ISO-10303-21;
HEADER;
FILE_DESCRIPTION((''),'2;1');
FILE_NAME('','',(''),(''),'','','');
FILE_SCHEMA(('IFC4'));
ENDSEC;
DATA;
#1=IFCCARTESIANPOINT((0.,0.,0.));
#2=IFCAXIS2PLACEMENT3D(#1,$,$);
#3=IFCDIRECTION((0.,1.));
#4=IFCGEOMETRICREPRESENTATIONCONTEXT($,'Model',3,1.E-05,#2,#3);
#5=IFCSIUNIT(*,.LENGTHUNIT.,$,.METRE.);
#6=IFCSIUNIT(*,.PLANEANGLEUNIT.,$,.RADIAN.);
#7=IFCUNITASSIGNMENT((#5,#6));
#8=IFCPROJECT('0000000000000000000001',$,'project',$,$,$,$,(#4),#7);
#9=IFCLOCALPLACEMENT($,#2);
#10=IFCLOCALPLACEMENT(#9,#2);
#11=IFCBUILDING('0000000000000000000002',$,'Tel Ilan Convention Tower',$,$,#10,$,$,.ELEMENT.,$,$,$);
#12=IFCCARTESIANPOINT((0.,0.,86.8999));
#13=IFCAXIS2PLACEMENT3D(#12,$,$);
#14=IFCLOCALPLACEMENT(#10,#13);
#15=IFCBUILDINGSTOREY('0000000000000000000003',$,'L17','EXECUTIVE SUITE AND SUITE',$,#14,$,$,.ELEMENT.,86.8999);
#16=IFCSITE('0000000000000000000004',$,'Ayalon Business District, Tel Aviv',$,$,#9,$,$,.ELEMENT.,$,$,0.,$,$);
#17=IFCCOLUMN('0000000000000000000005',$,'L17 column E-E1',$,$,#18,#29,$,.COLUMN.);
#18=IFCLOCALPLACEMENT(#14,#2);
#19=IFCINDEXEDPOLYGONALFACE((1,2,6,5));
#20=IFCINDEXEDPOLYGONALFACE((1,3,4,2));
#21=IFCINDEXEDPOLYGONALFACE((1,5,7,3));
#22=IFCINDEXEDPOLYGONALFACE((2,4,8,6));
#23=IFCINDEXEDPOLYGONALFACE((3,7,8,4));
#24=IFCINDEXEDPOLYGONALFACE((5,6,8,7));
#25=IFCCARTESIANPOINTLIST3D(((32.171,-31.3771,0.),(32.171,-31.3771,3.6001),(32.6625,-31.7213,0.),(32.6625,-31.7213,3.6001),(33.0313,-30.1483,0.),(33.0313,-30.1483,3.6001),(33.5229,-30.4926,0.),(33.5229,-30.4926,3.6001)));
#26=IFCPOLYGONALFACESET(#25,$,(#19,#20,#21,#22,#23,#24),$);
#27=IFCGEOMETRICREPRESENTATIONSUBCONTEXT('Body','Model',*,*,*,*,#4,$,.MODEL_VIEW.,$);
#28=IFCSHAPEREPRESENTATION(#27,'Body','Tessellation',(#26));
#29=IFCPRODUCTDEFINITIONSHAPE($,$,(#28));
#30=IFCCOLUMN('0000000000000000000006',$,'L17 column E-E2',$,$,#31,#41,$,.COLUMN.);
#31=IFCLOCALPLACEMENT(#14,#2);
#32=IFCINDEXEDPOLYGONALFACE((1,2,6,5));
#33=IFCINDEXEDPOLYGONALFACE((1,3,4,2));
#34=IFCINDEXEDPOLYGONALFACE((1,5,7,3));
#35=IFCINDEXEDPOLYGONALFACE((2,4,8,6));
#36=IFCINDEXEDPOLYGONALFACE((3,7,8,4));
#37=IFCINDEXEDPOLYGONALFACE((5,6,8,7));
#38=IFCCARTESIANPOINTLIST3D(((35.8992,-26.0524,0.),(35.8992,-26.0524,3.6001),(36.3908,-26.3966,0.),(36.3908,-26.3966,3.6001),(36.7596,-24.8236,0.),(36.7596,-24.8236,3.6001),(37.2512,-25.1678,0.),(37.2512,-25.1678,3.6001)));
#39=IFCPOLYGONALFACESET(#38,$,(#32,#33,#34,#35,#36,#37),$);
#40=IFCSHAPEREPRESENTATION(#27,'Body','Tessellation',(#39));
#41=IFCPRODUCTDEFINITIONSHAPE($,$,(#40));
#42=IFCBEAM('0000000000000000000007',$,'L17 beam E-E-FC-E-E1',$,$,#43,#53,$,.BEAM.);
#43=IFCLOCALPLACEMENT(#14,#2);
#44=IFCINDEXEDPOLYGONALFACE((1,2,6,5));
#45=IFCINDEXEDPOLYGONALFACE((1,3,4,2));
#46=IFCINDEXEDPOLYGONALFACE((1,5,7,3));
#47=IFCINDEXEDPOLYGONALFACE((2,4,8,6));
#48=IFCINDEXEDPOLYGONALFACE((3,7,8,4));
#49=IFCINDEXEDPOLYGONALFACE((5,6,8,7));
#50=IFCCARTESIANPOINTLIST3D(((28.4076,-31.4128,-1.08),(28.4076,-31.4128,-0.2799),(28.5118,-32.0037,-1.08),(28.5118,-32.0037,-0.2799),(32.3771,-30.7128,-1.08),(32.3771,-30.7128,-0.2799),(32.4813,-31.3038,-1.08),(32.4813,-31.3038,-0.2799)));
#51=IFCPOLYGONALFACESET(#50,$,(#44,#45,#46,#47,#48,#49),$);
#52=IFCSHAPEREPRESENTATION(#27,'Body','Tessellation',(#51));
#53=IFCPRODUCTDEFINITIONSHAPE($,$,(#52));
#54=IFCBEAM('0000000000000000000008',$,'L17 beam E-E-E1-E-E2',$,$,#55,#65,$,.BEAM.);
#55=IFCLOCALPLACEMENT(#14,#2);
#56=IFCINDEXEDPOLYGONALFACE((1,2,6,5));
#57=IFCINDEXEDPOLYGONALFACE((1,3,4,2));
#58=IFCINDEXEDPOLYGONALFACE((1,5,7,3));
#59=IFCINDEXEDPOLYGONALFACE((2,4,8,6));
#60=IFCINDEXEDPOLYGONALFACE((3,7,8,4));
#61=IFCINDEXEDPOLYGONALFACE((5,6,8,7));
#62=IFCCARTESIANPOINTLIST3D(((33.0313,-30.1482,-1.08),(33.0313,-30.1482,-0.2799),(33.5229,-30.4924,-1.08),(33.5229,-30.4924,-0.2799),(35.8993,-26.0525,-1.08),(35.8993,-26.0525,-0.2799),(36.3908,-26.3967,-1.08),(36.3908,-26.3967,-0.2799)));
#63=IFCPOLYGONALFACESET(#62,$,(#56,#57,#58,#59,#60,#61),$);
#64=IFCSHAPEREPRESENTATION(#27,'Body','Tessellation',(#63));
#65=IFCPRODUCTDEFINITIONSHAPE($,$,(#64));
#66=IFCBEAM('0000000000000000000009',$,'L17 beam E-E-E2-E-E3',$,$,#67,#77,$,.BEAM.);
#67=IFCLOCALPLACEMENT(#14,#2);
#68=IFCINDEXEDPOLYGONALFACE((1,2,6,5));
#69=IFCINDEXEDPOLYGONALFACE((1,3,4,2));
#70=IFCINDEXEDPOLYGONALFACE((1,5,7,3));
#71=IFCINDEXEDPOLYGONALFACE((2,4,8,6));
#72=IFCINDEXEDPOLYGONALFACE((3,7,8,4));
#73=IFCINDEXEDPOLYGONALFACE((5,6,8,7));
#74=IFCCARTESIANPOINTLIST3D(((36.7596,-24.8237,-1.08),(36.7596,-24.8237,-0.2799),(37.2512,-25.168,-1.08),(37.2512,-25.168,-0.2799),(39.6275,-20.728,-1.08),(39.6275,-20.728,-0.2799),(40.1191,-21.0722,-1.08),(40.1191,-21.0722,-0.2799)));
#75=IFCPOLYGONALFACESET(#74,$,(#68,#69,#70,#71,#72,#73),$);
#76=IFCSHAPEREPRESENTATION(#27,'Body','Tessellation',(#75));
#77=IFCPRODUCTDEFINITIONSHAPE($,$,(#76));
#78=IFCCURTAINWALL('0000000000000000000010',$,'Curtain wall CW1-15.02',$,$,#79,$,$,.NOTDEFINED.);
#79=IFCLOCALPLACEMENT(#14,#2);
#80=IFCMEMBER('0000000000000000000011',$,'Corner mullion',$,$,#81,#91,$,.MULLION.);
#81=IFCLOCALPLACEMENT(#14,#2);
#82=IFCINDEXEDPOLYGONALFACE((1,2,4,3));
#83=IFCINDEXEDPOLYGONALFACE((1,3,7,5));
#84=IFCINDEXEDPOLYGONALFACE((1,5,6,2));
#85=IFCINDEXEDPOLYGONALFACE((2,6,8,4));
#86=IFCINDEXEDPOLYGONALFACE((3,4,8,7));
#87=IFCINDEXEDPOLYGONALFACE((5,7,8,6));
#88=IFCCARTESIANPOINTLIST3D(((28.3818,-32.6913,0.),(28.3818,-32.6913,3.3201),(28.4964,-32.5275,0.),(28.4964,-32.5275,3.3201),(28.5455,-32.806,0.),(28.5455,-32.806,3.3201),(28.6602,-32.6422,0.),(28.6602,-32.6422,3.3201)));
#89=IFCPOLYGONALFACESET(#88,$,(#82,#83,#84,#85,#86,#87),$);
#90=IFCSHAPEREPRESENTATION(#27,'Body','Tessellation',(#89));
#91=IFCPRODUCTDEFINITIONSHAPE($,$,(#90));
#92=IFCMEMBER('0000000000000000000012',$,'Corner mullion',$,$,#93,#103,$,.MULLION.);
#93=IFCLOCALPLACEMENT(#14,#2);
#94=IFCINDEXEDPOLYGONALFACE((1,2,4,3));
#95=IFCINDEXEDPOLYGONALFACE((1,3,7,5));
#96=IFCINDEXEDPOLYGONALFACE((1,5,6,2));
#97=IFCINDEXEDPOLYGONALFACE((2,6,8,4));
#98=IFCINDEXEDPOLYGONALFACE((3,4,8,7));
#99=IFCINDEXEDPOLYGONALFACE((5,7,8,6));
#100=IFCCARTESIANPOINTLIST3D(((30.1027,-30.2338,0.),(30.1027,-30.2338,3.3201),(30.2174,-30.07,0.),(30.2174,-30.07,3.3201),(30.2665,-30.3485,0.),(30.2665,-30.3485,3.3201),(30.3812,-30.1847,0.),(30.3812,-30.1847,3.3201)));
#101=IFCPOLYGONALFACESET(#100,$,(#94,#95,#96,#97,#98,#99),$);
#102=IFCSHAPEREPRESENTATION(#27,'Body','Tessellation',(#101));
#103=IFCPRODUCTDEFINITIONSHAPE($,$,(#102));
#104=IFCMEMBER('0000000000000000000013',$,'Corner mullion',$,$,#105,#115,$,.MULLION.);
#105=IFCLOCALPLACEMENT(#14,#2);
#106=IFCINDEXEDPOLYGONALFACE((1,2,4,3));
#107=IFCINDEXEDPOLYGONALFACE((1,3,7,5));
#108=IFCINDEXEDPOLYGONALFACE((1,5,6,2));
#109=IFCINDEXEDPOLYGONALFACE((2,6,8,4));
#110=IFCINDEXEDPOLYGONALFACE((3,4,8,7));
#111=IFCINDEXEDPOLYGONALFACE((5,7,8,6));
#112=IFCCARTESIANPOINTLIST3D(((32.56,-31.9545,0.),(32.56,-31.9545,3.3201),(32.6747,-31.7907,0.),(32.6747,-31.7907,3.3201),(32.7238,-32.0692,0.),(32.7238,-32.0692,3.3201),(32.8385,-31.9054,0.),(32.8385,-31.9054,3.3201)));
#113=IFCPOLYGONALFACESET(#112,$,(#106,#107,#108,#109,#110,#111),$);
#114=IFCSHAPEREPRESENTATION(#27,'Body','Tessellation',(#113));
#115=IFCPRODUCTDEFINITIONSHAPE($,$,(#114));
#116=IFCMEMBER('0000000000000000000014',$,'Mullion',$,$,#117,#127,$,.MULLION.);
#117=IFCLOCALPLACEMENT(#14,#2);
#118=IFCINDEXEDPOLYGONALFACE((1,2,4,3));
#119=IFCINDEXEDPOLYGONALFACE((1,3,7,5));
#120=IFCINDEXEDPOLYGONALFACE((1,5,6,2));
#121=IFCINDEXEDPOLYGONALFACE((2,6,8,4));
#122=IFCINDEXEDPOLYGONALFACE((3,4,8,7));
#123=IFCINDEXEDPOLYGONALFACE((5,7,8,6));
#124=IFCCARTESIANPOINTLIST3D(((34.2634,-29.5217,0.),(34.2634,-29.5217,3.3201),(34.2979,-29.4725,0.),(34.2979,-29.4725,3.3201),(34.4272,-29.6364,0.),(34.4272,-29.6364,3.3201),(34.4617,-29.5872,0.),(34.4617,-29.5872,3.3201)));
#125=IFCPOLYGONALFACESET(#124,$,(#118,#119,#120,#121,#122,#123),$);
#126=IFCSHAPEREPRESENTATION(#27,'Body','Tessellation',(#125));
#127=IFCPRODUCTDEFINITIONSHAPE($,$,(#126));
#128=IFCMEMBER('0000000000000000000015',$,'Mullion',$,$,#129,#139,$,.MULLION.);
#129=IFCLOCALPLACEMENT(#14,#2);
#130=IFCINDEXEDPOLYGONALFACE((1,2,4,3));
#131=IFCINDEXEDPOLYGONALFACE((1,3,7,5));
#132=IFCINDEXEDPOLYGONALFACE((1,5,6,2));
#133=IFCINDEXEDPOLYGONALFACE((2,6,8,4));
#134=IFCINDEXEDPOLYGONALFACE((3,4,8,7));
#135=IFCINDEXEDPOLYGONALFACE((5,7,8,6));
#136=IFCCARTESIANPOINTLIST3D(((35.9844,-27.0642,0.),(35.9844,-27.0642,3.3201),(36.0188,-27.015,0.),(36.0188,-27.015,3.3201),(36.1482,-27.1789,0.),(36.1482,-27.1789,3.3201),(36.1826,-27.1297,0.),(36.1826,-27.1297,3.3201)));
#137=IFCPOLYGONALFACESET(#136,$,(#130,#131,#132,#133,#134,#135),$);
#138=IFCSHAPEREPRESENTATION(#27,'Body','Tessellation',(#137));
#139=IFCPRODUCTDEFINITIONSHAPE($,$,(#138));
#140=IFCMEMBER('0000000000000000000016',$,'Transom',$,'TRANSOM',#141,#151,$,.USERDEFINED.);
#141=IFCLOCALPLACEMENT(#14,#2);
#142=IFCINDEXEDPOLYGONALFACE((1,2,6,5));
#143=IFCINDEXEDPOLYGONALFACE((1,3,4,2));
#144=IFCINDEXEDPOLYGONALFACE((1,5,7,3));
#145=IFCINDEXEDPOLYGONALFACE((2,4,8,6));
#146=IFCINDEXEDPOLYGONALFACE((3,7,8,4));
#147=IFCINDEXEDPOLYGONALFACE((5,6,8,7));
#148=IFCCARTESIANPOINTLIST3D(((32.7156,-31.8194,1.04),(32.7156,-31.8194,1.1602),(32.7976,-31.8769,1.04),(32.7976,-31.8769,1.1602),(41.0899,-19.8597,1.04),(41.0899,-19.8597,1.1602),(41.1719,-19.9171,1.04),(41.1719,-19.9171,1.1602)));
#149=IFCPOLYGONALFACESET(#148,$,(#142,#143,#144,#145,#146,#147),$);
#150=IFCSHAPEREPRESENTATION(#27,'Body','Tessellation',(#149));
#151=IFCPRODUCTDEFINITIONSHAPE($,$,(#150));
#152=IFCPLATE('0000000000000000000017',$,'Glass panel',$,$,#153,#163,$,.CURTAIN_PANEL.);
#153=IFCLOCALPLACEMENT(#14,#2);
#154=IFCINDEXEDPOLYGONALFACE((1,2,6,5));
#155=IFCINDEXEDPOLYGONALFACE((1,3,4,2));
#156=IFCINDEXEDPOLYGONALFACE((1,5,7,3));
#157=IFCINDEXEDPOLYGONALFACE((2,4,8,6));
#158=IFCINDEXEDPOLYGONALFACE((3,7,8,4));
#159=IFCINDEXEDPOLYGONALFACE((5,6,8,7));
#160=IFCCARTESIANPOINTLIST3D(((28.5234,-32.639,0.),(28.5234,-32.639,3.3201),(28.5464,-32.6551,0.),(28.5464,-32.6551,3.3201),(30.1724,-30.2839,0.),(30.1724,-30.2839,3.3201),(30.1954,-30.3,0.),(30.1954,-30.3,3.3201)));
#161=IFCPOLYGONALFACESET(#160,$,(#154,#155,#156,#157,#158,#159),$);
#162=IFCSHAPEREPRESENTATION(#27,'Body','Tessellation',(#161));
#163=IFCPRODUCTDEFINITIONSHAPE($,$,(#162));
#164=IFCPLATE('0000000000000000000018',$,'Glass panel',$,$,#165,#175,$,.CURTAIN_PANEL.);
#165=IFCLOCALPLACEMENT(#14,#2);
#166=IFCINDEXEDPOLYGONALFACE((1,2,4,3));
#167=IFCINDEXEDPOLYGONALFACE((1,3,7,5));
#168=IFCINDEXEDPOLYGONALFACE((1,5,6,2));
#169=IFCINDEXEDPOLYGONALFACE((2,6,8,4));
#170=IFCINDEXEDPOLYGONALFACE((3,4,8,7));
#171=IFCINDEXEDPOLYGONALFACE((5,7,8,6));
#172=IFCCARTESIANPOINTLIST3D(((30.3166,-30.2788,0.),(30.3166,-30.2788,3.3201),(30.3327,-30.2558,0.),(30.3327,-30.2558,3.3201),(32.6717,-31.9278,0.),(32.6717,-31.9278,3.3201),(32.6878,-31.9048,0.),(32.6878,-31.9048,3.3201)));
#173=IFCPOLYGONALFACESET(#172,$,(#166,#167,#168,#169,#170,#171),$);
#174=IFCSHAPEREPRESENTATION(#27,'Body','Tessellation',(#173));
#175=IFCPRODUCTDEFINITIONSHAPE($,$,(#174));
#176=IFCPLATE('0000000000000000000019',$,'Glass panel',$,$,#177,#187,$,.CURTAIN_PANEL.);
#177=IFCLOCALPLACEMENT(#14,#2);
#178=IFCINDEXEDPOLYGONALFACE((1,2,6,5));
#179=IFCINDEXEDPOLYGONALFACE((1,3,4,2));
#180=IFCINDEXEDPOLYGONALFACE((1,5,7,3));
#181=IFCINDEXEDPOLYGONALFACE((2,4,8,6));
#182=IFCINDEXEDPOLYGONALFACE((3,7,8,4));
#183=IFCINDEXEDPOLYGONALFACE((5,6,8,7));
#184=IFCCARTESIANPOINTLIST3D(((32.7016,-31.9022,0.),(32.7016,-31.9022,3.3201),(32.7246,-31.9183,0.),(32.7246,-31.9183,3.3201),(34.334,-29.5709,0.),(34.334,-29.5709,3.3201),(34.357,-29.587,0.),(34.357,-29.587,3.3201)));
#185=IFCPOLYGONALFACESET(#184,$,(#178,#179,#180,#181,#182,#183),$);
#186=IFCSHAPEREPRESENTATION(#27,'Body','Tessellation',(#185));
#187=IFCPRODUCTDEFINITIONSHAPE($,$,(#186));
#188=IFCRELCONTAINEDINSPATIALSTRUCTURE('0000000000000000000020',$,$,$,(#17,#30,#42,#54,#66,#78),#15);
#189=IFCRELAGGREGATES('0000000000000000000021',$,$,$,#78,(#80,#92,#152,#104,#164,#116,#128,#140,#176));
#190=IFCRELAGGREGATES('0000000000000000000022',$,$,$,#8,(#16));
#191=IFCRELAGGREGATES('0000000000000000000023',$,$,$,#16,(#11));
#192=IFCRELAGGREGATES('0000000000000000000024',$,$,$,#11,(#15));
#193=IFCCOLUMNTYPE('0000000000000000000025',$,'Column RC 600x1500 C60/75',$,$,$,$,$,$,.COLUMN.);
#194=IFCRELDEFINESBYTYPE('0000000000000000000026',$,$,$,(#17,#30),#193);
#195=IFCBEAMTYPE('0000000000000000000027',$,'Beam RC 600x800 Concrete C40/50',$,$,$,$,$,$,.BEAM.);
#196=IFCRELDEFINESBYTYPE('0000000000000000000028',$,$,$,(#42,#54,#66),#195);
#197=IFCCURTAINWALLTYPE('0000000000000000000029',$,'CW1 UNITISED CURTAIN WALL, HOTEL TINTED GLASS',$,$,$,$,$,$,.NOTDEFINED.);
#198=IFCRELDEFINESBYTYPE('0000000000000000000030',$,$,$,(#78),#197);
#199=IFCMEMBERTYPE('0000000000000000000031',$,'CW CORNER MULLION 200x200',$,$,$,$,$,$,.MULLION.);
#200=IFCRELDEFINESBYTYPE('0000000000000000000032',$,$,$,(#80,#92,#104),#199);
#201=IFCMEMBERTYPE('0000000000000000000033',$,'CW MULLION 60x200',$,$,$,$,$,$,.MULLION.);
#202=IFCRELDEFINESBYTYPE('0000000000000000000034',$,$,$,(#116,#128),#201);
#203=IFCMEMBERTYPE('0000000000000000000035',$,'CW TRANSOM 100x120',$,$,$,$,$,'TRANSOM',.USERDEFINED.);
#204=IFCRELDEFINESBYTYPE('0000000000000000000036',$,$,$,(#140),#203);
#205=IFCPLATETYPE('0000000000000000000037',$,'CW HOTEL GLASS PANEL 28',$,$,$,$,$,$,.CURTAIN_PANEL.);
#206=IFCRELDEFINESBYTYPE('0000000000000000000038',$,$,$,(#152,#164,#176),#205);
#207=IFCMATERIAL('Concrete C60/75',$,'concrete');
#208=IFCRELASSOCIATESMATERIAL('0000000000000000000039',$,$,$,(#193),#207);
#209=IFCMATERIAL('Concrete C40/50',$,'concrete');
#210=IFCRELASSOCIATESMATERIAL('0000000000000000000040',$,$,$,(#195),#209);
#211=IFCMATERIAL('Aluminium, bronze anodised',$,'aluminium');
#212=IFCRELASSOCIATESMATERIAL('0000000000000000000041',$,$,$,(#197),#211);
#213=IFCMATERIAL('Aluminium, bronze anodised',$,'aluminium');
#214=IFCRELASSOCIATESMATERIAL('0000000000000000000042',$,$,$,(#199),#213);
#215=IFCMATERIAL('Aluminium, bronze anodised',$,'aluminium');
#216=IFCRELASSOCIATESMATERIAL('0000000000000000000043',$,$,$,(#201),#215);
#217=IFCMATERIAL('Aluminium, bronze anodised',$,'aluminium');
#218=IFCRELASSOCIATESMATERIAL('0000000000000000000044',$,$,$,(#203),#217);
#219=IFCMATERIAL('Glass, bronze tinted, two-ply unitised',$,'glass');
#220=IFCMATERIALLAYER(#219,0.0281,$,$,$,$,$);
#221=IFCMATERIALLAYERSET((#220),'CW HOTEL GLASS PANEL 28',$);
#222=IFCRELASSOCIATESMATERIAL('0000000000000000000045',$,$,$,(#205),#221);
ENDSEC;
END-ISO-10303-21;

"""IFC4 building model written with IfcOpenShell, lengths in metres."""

from ifc_helpers import new_model, si_unit, direction, frame, origin, origin_2d, place, context, subcontext, project, spatial, rectangle, extrude, material, layer, layer_set, material_profile, profile_set, type_object, element, aggregate, save


model = new_model("IFC4")

# Units and contexts
model_context = context("Model", 3, precision=1e-05, world=origin(), true_north=direction((0.0, 1.0)))
body_context = subcontext(model_context, "Body", "Model", "MODEL_VIEW")
ifc_project = project(units=[si_unit("LENGTHUNIT", "METRE"), si_unit("PLANEANGLEUNIT", "RADIAN")], contexts=[model_context])

# Site, building, storey
site_placement = place(None, origin())
site = spatial("IfcSite", under=ifc_project, at=site_placement, Name="Ayalon Business District, Tel Aviv", CompositionType="ELEMENT", RefElevation=0.0)
building_placement = place(site_placement, origin())
building = spatial("IfcBuilding", under=site, at=building_placement, Name="Tel Ilan Convention Tower", CompositionType="ELEMENT")
storey_placement = place(building_placement, frame((0.0, 0.0, 86.8999)))
storey = spatial("IfcBuildingStorey", under=building, at=storey_placement, Name="L17", Description="EXECUTIVE SUITE AND SUITE", CompositionType="ELEMENT", Elevation=86.8999)

# Columns
ifc_material_1 = material(Name="Concrete C60/75", Category="concrete")
ifc_material_profile_1 = material_profile(ifc_material_1, rectangle(XDim=1.5, YDim=0.6001, at=origin_2d()), Name="RC 600x1500")
ifc_profile_set_1 = profile_set([ifc_material_profile_1], Name="Concrete C60/75")
column_type = type_object("IfcColumnType", Name="Column RC 600x1500 C60/75", PredefinedType="COLUMN", material=ifc_profile_set_1)
for number, where, z_axis, x_axis, name in (
    (1, (32.8469, -30.9348, 0.0), (0.0, 0.0, 1.0), (0.573576, 0.819152, 0.0), "L17 column E-E1"),
    (2, (36.5752, -25.6101, 0.0), (0.0, 0.0, 1.0), (0.573576, 0.819152, 0.0), "L17 column E-E2"),
):
    element("IfcColumn", number, at=place(storey_placement, frame(where, z_axis=z_axis, x_axis=x_axis)), inside=storey, type_object=column_type, Name=name, PredefinedType="COLUMN", context=body_context, shape_type="SweptSolid", body=[
        extrude(rectangle(XDim=1.5, YDim=0.6001, at=origin_2d()), origin(), (0.0, 0.0, 1.0), 3.6001),
    ])

# Beams
ifc_material_2 = material(Name="Concrete C40/50", Category="concrete")
ifc_material_profile_2 = material_profile(ifc_material_2, rectangle(XDim=0.6001, YDim=0.8, at=origin_2d()), Name="RC 600x800")
ifc_profile_set_2 = profile_set([ifc_material_profile_2], Name="Concrete C40/50")
beam_type = type_object("IfcBeamType", Name="Beam RC 600x800 Concrete C40/50", PredefinedType="BEAM", material=ifc_profile_set_2)
beam_placement = place(storey_placement, frame((28.4597, -31.7083, -0.6799), z_axis=(0.984807, 0.173654, 0.0), x_axis=(-0.173654, 0.984807, 0.0)))
element("IfcBeam", 3, at=beam_placement, inside=storey, type_object=beam_type, Name="L17 beam E-E-FC-E-E1", PredefinedType="BEAM", context=body_context, shape_type="SweptSolid", body=[
    extrude(rectangle(XDim=0.6001, YDim=0.8, at=origin_2d()), origin(), (0.0, 0.0, 1.0), 4.0308),
])
for number, where, z_axis, x_axis, name in (
    (4, (33.2771, -30.3203, -0.6799), (0.573587, 0.819145, 0.0), (-0.819145, 0.573587, 0.0), "L17 beam E-E-E1-E-E2"),
    (5, (37.0054, -24.9958, -0.6799), (0.573587, 0.819145, 0.0), (-0.819145, 0.573587, 0.0), "L17 beam E-E-E2-E-E3"),
):
    element("IfcBeam", number, at=place(storey_placement, frame(where, z_axis=z_axis, x_axis=x_axis)), inside=storey, type_object=beam_type, Name=name, PredefinedType="BEAM", context=body_context, shape_type="SweptSolid", body=[
        extrude(rectangle(XDim=0.6001, YDim=0.8, at=origin_2d()), origin(), (0.0, 0.0, 1.0), 5.0),
    ])

# Curtain wall, members, plates
ifc_material_3 = material(Name="Aluminium, bronze anodised", Category="aluminium")
curtain_wall_type = type_object("IfcCurtainWallType", Name="CW1 UNITISED CURTAIN WALL, HOTEL TINTED GLASS", PredefinedType="NOTDEFINED", material=ifc_material_3)
curtain_wall_placement = place(storey_placement, origin())
curtain_wall = element("IfcCurtainWall", 6, at=curtain_wall_placement, inside=storey, type_object=curtain_wall_type, Name="Curtain wall CW1-15.02", PredefinedType="NOTDEFINED")
ifc_material_4 = material(Name="Aluminium, bronze anodised", Category="aluminium")
ifc_material_profile_3 = material_profile(ifc_material_4, rectangle(XDim=0.2, YDim=0.2, at=origin_2d()), Name="CW CORNER MULLION 200x200")
ifc_profile_set_3 = profile_set([ifc_material_profile_3], Name="Aluminium, bronze anodised")
member_type_1 = type_object("IfcMemberType", Name="CW CORNER MULLION 200x200", PredefinedType="MULLION", material=ifc_profile_set_3)
member_1_placement = place(storey_placement, frame((28.521, -32.6667, 0.0), z_axis=(0.0, 0.0, 1.0), x_axis=(0.819152, -0.573576, 0.0)))
member_1 = element("IfcMember", 7, at=member_1_placement, type_object=member_type_1, Name="Corner mullion", PredefinedType="MULLION", context=body_context, shape_type="SweptSolid", body=[
    extrude(rectangle(XDim=0.2, YDim=0.2, at=origin_2d()), origin(), (0.0, 0.0, 1.0), 3.3201),
])
member_2_placement = place(storey_placement, frame((30.2419, -30.2092, 0.0), z_axis=(0.0, 0.0, 1.0), x_axis=(0.573576, 0.819152, 0.0)))
member_2 = element("IfcMember", 8, at=member_2_placement, type_object=member_type_1, Name="Corner mullion", PredefinedType="MULLION", context=body_context, shape_type="SweptSolid", body=[
    extrude(rectangle(XDim=0.2, YDim=0.2, at=origin_2d()), origin(), (0.0, 0.0, 1.0), 3.3201),
])
member_3_placement = place(storey_placement, frame((32.6992, -31.9299, 0.0), z_axis=(0.0, 0.0, 1.0), x_axis=(0.819152, -0.573576, 0.0)))
member_3 = element("IfcMember", 9, at=member_3_placement, type_object=member_type_1, Name="Corner mullion", PredefinedType="MULLION", context=body_context, shape_type="SweptSolid", body=[
    extrude(rectangle(XDim=0.2, YDim=0.2, at=origin_2d()), origin(), (0.0, 0.0, 1.0), 3.3201),
])
ifc_material_5 = material(Name="Aluminium, bronze anodised", Category="aluminium")
ifc_material_profile_4 = material_profile(ifc_material_5, rectangle(XDim=0.0601, YDim=0.2, at=origin_2d()), Name="CW MULLION 60x200")
ifc_profile_set_4 = profile_set([ifc_material_profile_4], Name="Aluminium, bronze anodised")
member_type_2 = type_object("IfcMemberType", Name="CW MULLION 60x200", PredefinedType="MULLION", material=ifc_profile_set_4)
member_4_placement = place(storey_placement, frame((34.3625, -29.5544, 0.0), z_axis=(0.0, 0.0, 1.0), x_axis=(0.573576, 0.819152, 0.0)))
member_4 = element("IfcMember", 10, at=member_4_placement, type_object=member_type_2, Name="Mullion", PredefinedType="MULLION", context=body_context, shape_type="SweptSolid", body=[
    extrude(rectangle(XDim=0.0601, YDim=0.2, at=origin_2d()), origin(), (0.0, 0.0, 1.0), 3.3201),
])
member_5_placement = place(storey_placement, frame((36.0835, -27.0969, 0.0), z_axis=(0.0, 0.0, 1.0), x_axis=(0.573576, 0.819152, 0.0)))
member_5 = element("IfcMember", 11, at=member_5_placement, type_object=member_type_2, Name="Mullion", PredefinedType="MULLION", context=body_context, shape_type="SweptSolid", body=[
    extrude(rectangle(XDim=0.0601, YDim=0.2, at=origin_2d()), origin(), (0.0, 0.0, 1.0), 3.3201),
])
ifc_material_6 = material(Name="Aluminium, bronze anodised", Category="aluminium")
ifc_material_profile_5 = material_profile(ifc_material_6, rectangle(XDim=0.1001, YDim=0.1201, at=origin_2d()), Name="CW TRANSOM 100x120")
ifc_profile_set_5 = profile_set([ifc_material_profile_5], Name="Aluminium, bronze anodised")
member_type_3 = type_object("IfcMemberType", Name="CW TRANSOM 100x120", ElementType="TRANSOM", PredefinedType="USERDEFINED", material=ifc_profile_set_5)
member_6_placement = place(storey_placement, frame((32.7566, -31.8481, 1.1001), z_axis=(0.573576, 0.819153, 0.0), x_axis=(-0.819153, 0.573576, 0.0)))
member_6 = element("IfcMember", 12, at=member_6_placement, type_object=member_type_3, Name="Transom", ObjectType="TRANSOM", PredefinedType="USERDEFINED", context=body_context, shape_type="SweptSolid", body=[
    extrude(rectangle(XDim=0.1001, YDim=0.1201, at=origin_2d()), origin(), (0.0, 0.0, 1.0), 14.6001),
])
ifc_material_7 = material(Name="Glass, bronze tinted, two-ply unitised", Category="glass")
ifc_layer_1 = layer(ifc_material_7, 0.0281)
ifc_layer_set_1 = layer_set([ifc_layer_1], Name="CW HOTEL GLASS PANEL 28")
plate_type = type_object("IfcPlateType", Name="CW HOTEL GLASS PANEL 28", PredefinedType="CURTAIN_PANEL", material=ifc_layer_set_1)
plate_1_placement = place(storey_placement, frame((29.3594, -31.4695, 0.0), z_axis=(0.0, 0.0, 1.0), x_axis=(0.573576, 0.819152, 0.0)))
plate_1 = element("IfcPlate", 13, at=plate_1_placement, type_object=plate_type, Name="Glass panel", PredefinedType="CURTAIN_PANEL", context=body_context, shape_type="SweptSolid", body=[
    extrude(rectangle(XDim=2.875, YDim=0.0281, at=origin_2d()), origin(), (0.0, 0.0, 1.0), 3.3201),
])
plate_2_placement = place(storey_placement, frame((31.5022, -31.0918, 0.0), z_axis=(0.0, 0.0, 1.0), x_axis=(0.819152, -0.573576, 0.0)))
plate_2 = element("IfcPlate", 14, at=plate_2_placement, type_object=plate_type, Name="Glass panel", PredefinedType="CURTAIN_PANEL", context=body_context, shape_type="SweptSolid", body=[
    extrude(rectangle(XDim=2.875, YDim=0.0281, at=origin_2d()), origin(), (0.0, 0.0, 1.0), 3.3201),
])
plate_3_placement = place(storey_placement, frame((33.5293, -30.7446, 0.0), z_axis=(0.0, 0.0, 1.0), x_axis=(0.573576, 0.819152, 0.0)))
plate_3 = element("IfcPlate", 15, at=plate_3_placement, type_object=plate_type, Name="Glass panel", PredefinedType="CURTAIN_PANEL", context=body_context, shape_type="SweptSolid", body=[
    extrude(rectangle(XDim=2.8459, YDim=0.0281, at=origin_2d()), origin(), (0.0, 0.0, 1.0), 3.3201),
])
aggregate(curtain_wall, [member_1, member_2, plate_1, member_3, plate_2, member_4, member_5, member_6, plate_3])

save(model, "model.ifc")
